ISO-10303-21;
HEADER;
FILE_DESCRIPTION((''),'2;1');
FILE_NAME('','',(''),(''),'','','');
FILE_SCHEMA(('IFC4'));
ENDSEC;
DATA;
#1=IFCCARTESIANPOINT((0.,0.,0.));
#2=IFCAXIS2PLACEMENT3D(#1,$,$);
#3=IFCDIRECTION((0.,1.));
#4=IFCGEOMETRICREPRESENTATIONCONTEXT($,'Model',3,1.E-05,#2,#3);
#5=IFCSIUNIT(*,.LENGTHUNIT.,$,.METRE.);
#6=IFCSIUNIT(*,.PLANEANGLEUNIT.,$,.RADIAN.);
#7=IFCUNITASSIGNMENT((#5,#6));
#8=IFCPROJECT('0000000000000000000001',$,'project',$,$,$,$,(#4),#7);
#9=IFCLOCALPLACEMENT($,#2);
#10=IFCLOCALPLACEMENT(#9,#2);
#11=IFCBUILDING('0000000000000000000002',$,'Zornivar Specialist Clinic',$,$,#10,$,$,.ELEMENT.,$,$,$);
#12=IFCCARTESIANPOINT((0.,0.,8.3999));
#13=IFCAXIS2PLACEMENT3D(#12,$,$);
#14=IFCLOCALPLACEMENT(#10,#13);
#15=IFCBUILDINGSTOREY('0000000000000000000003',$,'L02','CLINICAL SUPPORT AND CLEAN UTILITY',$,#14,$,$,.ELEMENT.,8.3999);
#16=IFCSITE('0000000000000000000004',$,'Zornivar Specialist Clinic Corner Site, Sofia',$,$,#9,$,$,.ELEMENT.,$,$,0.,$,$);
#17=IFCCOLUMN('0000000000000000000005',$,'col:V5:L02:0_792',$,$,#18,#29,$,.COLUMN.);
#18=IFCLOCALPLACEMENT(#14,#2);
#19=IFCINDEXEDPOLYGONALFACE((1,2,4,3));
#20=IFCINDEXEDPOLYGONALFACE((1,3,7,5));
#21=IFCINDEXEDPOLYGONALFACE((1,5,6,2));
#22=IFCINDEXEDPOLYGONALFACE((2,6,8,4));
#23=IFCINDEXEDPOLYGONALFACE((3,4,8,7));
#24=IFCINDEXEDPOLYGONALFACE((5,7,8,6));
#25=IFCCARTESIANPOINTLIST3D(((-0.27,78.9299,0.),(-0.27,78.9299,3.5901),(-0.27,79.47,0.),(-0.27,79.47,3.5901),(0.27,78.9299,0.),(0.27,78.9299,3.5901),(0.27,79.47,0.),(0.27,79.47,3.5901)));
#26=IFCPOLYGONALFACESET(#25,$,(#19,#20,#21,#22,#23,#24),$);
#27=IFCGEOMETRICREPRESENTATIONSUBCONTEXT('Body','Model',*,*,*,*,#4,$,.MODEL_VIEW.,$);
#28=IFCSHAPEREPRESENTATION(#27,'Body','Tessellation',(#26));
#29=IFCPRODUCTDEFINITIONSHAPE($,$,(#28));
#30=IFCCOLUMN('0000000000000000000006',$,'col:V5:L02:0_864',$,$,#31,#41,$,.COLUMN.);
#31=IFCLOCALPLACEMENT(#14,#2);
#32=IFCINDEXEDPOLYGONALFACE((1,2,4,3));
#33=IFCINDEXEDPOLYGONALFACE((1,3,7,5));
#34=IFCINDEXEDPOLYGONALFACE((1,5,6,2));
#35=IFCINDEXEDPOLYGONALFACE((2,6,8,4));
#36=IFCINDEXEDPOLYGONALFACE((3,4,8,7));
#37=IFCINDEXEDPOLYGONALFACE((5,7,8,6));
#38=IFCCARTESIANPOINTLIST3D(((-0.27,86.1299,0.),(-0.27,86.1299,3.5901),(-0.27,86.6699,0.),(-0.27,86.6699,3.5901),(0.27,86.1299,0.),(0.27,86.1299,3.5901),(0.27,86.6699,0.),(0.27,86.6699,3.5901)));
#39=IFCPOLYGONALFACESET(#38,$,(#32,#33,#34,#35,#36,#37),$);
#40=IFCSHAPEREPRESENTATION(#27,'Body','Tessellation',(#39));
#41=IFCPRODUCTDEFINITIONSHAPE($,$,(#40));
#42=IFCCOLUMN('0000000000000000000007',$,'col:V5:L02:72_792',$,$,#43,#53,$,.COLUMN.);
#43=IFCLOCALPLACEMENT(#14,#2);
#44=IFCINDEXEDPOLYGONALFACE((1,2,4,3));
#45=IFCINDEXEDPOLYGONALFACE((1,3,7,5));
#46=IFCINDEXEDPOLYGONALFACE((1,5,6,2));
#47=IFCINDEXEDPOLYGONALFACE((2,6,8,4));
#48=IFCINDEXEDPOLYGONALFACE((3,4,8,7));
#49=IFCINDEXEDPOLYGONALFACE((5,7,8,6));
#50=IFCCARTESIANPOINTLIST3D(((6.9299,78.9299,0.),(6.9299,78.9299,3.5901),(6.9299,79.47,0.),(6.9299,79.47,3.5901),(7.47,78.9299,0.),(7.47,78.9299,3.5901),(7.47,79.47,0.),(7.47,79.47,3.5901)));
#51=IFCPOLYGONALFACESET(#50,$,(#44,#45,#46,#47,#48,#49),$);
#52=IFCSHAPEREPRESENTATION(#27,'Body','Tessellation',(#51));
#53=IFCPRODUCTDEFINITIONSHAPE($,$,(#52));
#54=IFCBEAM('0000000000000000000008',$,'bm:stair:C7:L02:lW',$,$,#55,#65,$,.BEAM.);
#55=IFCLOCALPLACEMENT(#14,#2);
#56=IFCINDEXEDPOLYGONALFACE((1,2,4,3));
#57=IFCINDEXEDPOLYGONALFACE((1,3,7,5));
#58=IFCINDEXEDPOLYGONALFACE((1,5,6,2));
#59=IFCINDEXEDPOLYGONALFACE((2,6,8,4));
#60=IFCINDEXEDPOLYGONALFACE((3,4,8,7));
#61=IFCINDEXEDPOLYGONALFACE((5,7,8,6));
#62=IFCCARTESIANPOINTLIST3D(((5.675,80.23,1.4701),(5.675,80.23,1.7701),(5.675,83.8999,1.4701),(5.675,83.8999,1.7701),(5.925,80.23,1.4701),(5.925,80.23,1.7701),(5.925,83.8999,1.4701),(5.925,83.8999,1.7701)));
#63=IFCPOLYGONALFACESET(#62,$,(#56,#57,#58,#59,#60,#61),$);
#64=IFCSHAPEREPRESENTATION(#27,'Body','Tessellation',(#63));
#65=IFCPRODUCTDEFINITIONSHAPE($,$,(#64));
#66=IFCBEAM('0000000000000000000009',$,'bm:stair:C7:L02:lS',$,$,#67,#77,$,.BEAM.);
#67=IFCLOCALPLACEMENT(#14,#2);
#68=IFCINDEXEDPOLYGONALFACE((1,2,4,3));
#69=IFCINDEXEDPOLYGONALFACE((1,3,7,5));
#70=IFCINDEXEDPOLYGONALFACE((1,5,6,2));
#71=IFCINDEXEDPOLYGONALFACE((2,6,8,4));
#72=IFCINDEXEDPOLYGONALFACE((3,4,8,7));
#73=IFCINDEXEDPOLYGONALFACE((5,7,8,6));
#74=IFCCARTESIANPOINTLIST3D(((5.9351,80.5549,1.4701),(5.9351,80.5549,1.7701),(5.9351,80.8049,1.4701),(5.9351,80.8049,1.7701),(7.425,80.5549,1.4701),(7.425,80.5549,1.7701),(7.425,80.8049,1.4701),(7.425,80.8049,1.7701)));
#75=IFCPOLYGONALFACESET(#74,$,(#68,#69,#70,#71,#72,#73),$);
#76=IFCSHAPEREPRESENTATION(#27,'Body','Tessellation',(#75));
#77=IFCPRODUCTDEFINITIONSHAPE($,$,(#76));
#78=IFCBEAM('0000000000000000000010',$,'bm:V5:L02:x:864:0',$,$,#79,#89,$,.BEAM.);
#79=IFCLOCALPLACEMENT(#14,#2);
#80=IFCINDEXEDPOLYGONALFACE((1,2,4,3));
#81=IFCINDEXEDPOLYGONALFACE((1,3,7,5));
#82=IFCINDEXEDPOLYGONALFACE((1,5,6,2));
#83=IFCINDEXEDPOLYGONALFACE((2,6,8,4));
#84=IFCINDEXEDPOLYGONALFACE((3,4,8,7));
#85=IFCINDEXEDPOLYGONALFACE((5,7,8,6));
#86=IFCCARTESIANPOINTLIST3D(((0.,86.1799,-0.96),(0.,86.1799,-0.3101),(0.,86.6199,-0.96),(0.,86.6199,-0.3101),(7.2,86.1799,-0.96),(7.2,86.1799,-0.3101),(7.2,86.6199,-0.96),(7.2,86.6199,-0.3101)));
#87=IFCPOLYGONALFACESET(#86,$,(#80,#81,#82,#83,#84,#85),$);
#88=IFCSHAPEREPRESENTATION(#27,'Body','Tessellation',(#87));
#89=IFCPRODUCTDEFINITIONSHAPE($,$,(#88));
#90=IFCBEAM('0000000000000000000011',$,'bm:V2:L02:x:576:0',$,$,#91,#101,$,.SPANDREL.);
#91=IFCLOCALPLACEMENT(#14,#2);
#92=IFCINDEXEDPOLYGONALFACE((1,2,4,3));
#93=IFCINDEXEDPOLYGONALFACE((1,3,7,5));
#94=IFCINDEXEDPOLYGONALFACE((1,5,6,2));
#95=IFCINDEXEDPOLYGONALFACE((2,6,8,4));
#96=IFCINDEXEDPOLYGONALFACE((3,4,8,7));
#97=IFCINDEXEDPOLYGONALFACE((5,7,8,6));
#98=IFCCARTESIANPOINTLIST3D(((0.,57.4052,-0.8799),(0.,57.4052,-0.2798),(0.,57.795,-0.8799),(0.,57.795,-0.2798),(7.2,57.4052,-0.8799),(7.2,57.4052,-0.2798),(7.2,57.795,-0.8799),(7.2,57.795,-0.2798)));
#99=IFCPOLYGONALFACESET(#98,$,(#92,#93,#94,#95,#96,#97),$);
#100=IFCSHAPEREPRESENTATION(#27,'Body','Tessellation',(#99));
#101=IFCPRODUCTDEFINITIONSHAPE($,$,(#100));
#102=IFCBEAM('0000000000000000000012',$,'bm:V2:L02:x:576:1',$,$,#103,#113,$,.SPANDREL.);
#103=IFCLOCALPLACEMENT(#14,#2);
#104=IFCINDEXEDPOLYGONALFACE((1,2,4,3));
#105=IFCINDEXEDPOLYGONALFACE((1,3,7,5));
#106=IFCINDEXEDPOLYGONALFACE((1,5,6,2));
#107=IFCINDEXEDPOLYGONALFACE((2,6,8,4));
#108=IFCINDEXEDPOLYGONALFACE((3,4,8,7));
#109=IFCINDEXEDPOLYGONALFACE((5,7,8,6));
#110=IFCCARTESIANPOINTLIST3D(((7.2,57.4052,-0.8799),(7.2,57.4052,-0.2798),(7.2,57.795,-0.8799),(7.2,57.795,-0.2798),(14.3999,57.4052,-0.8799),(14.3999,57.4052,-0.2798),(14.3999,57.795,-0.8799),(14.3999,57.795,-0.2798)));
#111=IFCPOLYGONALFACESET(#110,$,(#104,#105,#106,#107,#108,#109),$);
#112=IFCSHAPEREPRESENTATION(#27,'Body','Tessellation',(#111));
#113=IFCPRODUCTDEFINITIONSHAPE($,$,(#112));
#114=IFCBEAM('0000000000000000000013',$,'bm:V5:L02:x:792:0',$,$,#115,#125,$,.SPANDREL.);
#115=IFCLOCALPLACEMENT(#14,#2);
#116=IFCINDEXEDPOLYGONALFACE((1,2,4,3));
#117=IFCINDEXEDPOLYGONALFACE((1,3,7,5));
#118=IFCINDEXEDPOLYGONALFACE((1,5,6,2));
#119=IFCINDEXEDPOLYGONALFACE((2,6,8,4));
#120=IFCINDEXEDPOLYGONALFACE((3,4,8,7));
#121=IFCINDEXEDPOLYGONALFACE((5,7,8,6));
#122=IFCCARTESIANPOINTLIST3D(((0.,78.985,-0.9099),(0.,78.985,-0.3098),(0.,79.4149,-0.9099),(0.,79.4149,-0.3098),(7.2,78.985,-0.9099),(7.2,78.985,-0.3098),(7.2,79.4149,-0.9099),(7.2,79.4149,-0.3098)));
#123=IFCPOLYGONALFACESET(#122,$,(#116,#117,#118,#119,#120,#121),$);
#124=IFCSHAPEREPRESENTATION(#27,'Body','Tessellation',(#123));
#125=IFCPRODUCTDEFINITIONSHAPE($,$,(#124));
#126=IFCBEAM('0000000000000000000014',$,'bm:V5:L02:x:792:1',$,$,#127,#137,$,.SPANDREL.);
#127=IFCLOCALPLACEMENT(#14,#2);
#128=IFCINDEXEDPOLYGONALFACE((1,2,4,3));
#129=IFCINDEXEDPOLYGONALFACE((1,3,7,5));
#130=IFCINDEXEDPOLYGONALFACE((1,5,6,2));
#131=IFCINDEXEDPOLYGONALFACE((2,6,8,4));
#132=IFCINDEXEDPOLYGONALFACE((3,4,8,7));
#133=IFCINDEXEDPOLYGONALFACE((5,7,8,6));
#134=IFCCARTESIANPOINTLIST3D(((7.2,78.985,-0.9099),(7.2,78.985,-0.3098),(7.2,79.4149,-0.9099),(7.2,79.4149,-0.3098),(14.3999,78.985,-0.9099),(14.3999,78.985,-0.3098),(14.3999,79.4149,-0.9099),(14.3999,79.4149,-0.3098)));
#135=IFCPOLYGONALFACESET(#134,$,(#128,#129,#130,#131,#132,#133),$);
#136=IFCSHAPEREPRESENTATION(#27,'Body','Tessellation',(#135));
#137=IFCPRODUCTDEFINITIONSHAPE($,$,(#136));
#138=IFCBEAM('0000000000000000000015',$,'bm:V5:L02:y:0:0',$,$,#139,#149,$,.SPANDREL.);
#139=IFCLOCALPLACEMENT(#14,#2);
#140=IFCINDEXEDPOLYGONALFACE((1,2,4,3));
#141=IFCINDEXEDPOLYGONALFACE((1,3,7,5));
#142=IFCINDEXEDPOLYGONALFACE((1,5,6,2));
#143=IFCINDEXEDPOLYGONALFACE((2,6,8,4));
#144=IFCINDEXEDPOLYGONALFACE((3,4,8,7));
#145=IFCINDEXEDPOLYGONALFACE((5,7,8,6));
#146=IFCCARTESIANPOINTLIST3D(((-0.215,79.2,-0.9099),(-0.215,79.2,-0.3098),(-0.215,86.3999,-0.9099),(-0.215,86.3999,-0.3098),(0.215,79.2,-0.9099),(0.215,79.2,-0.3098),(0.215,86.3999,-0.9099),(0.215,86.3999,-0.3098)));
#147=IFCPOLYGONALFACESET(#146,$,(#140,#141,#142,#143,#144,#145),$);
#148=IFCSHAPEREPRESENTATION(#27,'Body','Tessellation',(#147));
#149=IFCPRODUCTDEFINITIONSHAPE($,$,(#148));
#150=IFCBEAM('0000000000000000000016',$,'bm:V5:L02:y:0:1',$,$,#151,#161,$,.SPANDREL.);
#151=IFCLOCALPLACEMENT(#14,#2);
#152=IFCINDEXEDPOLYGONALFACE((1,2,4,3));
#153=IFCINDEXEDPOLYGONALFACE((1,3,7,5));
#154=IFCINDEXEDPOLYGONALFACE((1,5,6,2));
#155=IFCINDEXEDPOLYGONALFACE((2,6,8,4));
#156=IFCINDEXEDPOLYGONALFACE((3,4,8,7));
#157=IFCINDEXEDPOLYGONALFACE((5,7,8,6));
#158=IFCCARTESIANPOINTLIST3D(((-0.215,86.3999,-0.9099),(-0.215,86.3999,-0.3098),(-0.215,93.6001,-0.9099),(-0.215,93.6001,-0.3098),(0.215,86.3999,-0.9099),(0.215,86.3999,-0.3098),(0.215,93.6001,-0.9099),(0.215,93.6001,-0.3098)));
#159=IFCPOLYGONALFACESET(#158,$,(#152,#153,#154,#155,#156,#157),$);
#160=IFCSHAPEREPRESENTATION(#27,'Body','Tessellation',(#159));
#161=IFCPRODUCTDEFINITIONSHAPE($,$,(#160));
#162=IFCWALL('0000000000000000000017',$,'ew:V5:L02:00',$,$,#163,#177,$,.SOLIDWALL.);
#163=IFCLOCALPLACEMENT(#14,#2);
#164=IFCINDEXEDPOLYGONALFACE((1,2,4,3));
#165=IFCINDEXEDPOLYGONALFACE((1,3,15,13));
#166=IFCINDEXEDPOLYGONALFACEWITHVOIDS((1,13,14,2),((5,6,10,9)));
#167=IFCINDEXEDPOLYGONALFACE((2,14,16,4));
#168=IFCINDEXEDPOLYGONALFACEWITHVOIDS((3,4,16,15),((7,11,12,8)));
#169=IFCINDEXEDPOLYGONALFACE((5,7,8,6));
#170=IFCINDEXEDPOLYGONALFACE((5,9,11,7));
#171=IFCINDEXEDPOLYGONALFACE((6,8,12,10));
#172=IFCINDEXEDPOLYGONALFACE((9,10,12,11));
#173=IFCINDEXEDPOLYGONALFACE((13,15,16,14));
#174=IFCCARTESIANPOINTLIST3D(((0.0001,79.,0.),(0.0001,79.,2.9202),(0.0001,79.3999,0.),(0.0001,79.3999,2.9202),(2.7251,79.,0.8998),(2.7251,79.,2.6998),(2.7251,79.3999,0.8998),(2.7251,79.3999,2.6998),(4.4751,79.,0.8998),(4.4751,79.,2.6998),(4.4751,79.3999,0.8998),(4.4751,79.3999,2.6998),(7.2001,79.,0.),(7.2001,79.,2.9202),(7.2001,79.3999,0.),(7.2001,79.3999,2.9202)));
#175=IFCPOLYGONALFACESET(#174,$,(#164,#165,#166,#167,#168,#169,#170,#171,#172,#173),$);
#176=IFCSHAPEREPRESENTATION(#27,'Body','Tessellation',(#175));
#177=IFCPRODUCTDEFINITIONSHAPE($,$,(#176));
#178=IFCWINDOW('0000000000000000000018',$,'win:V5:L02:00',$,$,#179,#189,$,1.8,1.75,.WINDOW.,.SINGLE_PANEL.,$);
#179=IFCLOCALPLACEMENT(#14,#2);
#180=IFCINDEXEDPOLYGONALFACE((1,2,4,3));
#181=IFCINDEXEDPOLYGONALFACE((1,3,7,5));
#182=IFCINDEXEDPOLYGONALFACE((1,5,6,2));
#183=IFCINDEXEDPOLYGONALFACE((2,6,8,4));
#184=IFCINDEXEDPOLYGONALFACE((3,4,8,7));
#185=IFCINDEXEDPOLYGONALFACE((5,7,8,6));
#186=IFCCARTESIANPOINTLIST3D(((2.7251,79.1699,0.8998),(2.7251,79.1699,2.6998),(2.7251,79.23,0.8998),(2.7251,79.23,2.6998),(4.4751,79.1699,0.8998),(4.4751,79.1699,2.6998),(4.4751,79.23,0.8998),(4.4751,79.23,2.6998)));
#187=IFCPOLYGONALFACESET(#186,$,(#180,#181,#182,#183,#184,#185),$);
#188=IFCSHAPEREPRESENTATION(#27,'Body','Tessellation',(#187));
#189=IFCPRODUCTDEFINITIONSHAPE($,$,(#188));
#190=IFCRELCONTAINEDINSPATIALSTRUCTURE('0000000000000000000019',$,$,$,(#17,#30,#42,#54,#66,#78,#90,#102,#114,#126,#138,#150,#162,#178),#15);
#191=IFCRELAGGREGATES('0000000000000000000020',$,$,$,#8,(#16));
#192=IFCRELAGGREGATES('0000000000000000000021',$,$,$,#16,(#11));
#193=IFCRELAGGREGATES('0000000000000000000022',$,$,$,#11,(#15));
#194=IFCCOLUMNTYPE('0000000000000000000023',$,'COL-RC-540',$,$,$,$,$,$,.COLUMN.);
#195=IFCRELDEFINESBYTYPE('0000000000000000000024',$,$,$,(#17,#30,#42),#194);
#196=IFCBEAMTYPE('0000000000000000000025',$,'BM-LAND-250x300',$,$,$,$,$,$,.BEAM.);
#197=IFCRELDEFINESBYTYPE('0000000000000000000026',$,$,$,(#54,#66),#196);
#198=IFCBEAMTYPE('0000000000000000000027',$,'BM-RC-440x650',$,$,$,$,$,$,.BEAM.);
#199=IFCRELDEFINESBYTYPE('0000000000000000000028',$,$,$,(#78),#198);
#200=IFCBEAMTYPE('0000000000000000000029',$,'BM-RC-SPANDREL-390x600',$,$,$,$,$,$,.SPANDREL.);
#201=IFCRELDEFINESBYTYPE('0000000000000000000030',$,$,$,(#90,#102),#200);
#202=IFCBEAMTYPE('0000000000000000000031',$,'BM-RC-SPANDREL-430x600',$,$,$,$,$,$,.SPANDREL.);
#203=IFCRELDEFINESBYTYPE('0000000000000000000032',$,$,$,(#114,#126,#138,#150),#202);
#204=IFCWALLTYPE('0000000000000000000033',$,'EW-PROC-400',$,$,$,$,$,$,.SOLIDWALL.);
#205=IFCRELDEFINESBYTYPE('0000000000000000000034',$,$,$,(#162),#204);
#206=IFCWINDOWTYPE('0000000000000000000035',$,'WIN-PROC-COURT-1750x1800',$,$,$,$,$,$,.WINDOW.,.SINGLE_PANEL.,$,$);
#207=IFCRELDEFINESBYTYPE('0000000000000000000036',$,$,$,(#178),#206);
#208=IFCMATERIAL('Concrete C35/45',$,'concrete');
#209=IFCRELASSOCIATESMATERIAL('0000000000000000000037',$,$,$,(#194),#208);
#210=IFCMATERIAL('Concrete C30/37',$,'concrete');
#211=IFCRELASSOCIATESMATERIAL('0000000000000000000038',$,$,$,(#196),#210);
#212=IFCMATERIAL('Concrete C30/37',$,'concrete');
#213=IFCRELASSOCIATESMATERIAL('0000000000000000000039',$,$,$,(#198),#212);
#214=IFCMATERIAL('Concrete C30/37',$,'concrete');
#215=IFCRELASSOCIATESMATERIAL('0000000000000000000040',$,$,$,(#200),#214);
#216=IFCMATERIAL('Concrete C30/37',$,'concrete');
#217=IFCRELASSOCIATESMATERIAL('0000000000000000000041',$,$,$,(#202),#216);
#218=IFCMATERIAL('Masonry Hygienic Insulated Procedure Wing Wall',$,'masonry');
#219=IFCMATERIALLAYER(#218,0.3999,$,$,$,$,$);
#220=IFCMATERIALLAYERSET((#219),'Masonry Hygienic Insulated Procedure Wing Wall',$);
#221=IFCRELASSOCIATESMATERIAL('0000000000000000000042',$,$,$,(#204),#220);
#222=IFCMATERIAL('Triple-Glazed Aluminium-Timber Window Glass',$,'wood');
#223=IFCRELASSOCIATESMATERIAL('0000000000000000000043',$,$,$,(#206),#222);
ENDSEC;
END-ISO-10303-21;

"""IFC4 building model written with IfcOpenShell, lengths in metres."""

from ifc_helpers import new_model, si_unit, direction, frame, frame_2d, origin, origin_2d, place, context, subcontext, project, spatial, rectangle, extrude, material, layer, layer_set, material_profile, profile_set, type_object, element, fill, save


model = new_model("IFC4")

# Units and contexts
model_context = context("Model", 3, precision=1e-05, world=origin(), true_north=direction((0.0, 1.0)))
body_context = subcontext(model_context, "Body", "Model", "MODEL_VIEW")
ifc_project = project(units=[si_unit("LENGTHUNIT", "METRE"), si_unit("PLANEANGLEUNIT", "RADIAN")], contexts=[model_context])

# Site, building, storey
site_placement = place(None, origin())
site = spatial("IfcSite", under=ifc_project, at=site_placement, Name="Zornivar Specialist Clinic Corner Site, Sofia", CompositionType="ELEMENT", RefElevation=0.0)
building_placement = place(site_placement, origin())
building = spatial("IfcBuilding", under=site, at=building_placement, Name="Zornivar Specialist Clinic", CompositionType="ELEMENT")
storey_placement = place(building_placement, frame((0.0, 0.0, 8.3999)))
storey = spatial("IfcBuildingStorey", under=building, at=storey_placement, Name="L02", Description="CLINICAL SUPPORT AND CLEAN UTILITY", CompositionType="ELEMENT", Elevation=8.3999)

# Columns
ifc_material_1 = material(Name="Concrete C35/45", Category="concrete")
ifc_material_profile_1 = material_profile(ifc_material_1, rectangle(XDim=0.54, YDim=0.54, at=origin_2d()), Name="RC 540x540")
ifc_profile_set_1 = profile_set([ifc_material_profile_1], Name="Concrete C35/45")
column_type = type_object("IfcColumnType", Name="COL-RC-540", PredefinedType="COLUMN", material=ifc_profile_set_1)
for number, where, z_axis, x_axis, name in (
    (1, (0.0, 79.2, 0.0), (0.0, 0.0, 1.0), (1.0, 0.0, 0.0), "col:V5:L02:0_792"),
    (2, (0.0, 86.3999, 0.0), (0.0, 0.0, 1.0), (1.0, 0.0, 0.0), "col:V5:L02:0_864"),
    (3, (7.2, 79.2, 0.0), (0.0, 0.0, 1.0), (1.0, 0.0, 0.0), "col:V5:L02:72_792"),
):
    element("IfcColumn", number, at=place(storey_placement, frame(where, z_axis=z_axis, x_axis=x_axis)), inside=storey, type_object=column_type, Name=name, PredefinedType="COLUMN", context=body_context, shape_type="SweptSolid", body=[
        extrude(rectangle(XDim=0.54, YDim=0.54, at=origin_2d()), origin(), (0.0, 0.0, 1.0), 3.5901),
    ])

# Beams
ifc_material_2 = material(Name="Concrete C30/37", Category="concrete")
ifc_material_profile_2 = material_profile(ifc_material_2, rectangle(XDim=0.25, YDim=0.3, at=origin_2d()), Name="RC 250x300")
ifc_profile_set_2 = profile_set([ifc_material_profile_2], Name="Concrete C30/37")
beam_type_1 = type_object("IfcBeamType", Name="BM-LAND-250x300", PredefinedType="BEAM", material=ifc_profile_set_2)
beam_1_placement = place(storey_placement, frame((5.8, 80.23, 1.6201), z_axis=(0.0, 1.0, 0.0), x_axis=(-1.0, 0.0, 0.0)))
element("IfcBeam", 4, at=beam_1_placement, inside=storey, type_object=beam_type_1, Name="bm:stair:C7:L02:lW", PredefinedType="BEAM", context=body_context, shape_type="SweptSolid", body=[
    extrude(rectangle(XDim=0.25, YDim=0.3, at=origin_2d()), origin(), (0.0, 0.0, 1.0), 3.6699),
])
beam_2_placement = place(storey_placement, frame((5.9351, 80.6799, 1.6201), z_axis=(1.0, 0.0, 0.0), x_axis=(0.0, 1.0, 0.0)))
element("IfcBeam", 5, at=beam_2_placement, inside=storey, type_object=beam_type_1, Name="bm:stair:C7:L02:lS", PredefinedType="BEAM", context=body_context, shape_type="SweptSolid", body=[
    extrude(rectangle(XDim=0.25, YDim=0.3, at=origin_2d()), origin(), (0.0, 0.0, 1.0), 1.49),
])
ifc_material_3 = material(Name="Concrete C30/37", Category="concrete")
ifc_material_profile_3 = material_profile(ifc_material_3, rectangle(XDim=0.4399, YDim=0.6499, at=origin_2d()), Name="RC 440x650")
ifc_profile_set_3 = profile_set([ifc_material_profile_3], Name="Concrete C30/37")
beam_type_2 = type_object("IfcBeamType", Name="BM-RC-440x650", PredefinedType="BEAM", material=ifc_profile_set_3)
beam_3_placement = place(storey_placement, frame((0.0, 86.3999, -0.635), z_axis=(1.0, 0.0, 0.0), x_axis=(0.0, 1.0, 0.0)))
element("IfcBeam", 6, at=beam_3_placement, inside=storey, type_object=beam_type_2, Name="bm:V5:L02:x:864:0", PredefinedType="BEAM", context=body_context, shape_type="SweptSolid", body=[
    extrude(rectangle(XDim=0.4399, YDim=0.6499, at=origin_2d()), origin(), (0.0, 0.0, 1.0), 7.2),
])
ifc_material_4 = material(Name="Concrete C30/37", Category="concrete")
ifc_material_profile_4 = material_profile(ifc_material_4, rectangle(XDim=0.3899, YDim=0.6001, at=origin_2d()), Name="RC 390x600")
ifc_profile_set_4 = profile_set([ifc_material_profile_4], Name="Concrete C30/37")
beam_type_3 = type_object("IfcBeamType", Name="BM-RC-SPANDREL-390x600", PredefinedType="SPANDREL", material=ifc_profile_set_4)
for number, where, z_axis, x_axis, name in (
    (7, (0.0, 57.6001, -0.5798), (1.0, 0.0, 0.0), (0.0, 1.0, 0.0), "bm:V2:L02:x:576:0"),
    (8, (7.2, 57.6001, -0.5798), (1.0, 0.0, 0.0), (0.0, 1.0, 0.0), "bm:V2:L02:x:576:1"),
):
    element("IfcBeam", number, at=place(storey_placement, frame(where, z_axis=z_axis, x_axis=x_axis)), inside=storey, type_object=beam_type_3, Name=name, PredefinedType="SPANDREL", context=body_context, shape_type="SweptSolid", body=[
        extrude(rectangle(XDim=0.3899, YDim=0.6001, at=origin_2d()), origin(), (0.0, 0.0, 1.0), 7.2),
    ])
ifc_material_5 = material(Name="Concrete C30/37", Category="concrete")
ifc_material_profile_5 = material_profile(ifc_material_5, rectangle(XDim=0.4299, YDim=0.6001, at=origin_2d()), Name="RC 430x600")
ifc_profile_set_5 = profile_set([ifc_material_profile_5], Name="Concrete C30/37")
beam_type_4 = type_object("IfcBeamType", Name="BM-RC-SPANDREL-430x600", PredefinedType="SPANDREL", material=ifc_profile_set_5)
for number, where, z_axis, x_axis, name in (
    (9, (0.0, 79.2, -0.6099), (1.0, 0.0, 0.0), (0.0, 1.0, 0.0), "bm:V5:L02:x:792:0"),
    (10, (7.2, 79.2, -0.6099), (1.0, 0.0, 0.0), (0.0, 1.0, 0.0), "bm:V5:L02:x:792:1"),
    (11, (0.0, 79.2, -0.6099), (0.0, 1.0, 0.0), (-1.0, 0.0, 0.0), "bm:V5:L02:y:0:0"),
):
    element("IfcBeam", number, at=place(storey_placement, frame(where, z_axis=z_axis, x_axis=x_axis)), inside=storey, type_object=beam_type_4, Name=name, PredefinedType="SPANDREL", context=body_context, shape_type="SweptSolid", body=[
        extrude(rectangle(XDim=0.4299, YDim=0.6001, at=origin_2d()), origin(), (0.0, 0.0, 1.0), 7.2),
    ])
beam_4_placement = place(storey_placement, frame((0.0, 86.3999, -0.6099), z_axis=(0.0, 1.0, 0.0), x_axis=(-1.0, 0.0, 0.0)))
element("IfcBeam", 12, at=beam_4_placement, inside=storey, type_object=beam_type_4, Name="bm:V5:L02:y:0:1", PredefinedType="SPANDREL", context=body_context, shape_type="SweptSolid", body=[
    extrude(rectangle(XDim=0.4299, YDim=0.6001, at=origin_2d()), origin(), (0.0, 0.0, 1.0), 7.2002),
])

# Wall, opening, window
ifc_material_6 = material(Name="Masonry Hygienic Insulated Procedure Wing Wall", Category="masonry")
ifc_layer_1 = layer(ifc_material_6, 0.3999)
ifc_layer_set_1 = layer_set([ifc_layer_1], Name="Masonry Hygienic Insulated Procedure Wing Wall")
wall_type_1 = type_object("IfcWallType", Name="EW-PROC-400", PredefinedType="SOLIDWALL", material=ifc_layer_set_1)
wall_1_placement = place(storey_placement, frame((0.0, 79.2, 0.0), z_axis=(0.0, 0.0, 1.0), x_axis=(1.0, 0.0, 0.0)))
wall_1 = element("IfcWall", 13, at=wall_1_placement, inside=storey, type_object=wall_type_1, Name="ew:V5:L02:00", PredefinedType="SOLIDWALL", context=body_context, shape_type="SweptSolid", body=[
    extrude(rectangle(XDim=7.2, YDim=0.3999, at=frame_2d((3.6001, 0.0))), origin(), (0.0, 0.0, 1.0), 2.9202),
])
opening_1_placement = place(wall_1_placement, frame((2.7251, 0.0, 0.8999)))
opening_1 = element("IfcOpeningElement", 14, at=opening_1_placement, cuts=wall_1, PredefinedType="OPENING", context=body_context, shape_type="SweptSolid", body=[
    extrude(rectangle(XDim=1.75, YDim=1.8, at=frame_2d((0.875, 0.8999))), frame((0.0, 0.21, 0.0), z_axis=(0.0, -1.0, 0.0), x_axis=(1.0, 0.0, 0.0)), (0.0, 0.0, 1.0), 0.4199),
])
ifc_material_7 = material(Name="Triple-Glazed Aluminium-Timber Window Glass", Category="wood")
window_type = type_object("IfcWindowType", Name="WIN-PROC-COURT-1750x1800", PartitioningType="SINGLE_PANEL", PredefinedType="WINDOW", material=ifc_material_7)
window_placement = place(opening_1_placement, origin())
window = element("IfcWindow", 15, at=window_placement, inside=storey, type_object=window_type, Name="win:V5:L02:00", OverallHeight=1.8, OverallWidth=1.75, PartitioningType="SINGLE_PANEL", PredefinedType="WINDOW", context=body_context, shape_type="SweptSolid", body=[
    extrude(rectangle(XDim=1.75, YDim=1.8, at=frame_2d((0.875, 0.8999))), frame((0.0, 0.03, 0.0), z_axis=(0.0, -1.0, 0.0), x_axis=(1.0, 0.0, 0.0)), (0.0, 0.0, 1.0), 0.0601),
])
fill(opening_1, window)

save(model, "model.ifc")
